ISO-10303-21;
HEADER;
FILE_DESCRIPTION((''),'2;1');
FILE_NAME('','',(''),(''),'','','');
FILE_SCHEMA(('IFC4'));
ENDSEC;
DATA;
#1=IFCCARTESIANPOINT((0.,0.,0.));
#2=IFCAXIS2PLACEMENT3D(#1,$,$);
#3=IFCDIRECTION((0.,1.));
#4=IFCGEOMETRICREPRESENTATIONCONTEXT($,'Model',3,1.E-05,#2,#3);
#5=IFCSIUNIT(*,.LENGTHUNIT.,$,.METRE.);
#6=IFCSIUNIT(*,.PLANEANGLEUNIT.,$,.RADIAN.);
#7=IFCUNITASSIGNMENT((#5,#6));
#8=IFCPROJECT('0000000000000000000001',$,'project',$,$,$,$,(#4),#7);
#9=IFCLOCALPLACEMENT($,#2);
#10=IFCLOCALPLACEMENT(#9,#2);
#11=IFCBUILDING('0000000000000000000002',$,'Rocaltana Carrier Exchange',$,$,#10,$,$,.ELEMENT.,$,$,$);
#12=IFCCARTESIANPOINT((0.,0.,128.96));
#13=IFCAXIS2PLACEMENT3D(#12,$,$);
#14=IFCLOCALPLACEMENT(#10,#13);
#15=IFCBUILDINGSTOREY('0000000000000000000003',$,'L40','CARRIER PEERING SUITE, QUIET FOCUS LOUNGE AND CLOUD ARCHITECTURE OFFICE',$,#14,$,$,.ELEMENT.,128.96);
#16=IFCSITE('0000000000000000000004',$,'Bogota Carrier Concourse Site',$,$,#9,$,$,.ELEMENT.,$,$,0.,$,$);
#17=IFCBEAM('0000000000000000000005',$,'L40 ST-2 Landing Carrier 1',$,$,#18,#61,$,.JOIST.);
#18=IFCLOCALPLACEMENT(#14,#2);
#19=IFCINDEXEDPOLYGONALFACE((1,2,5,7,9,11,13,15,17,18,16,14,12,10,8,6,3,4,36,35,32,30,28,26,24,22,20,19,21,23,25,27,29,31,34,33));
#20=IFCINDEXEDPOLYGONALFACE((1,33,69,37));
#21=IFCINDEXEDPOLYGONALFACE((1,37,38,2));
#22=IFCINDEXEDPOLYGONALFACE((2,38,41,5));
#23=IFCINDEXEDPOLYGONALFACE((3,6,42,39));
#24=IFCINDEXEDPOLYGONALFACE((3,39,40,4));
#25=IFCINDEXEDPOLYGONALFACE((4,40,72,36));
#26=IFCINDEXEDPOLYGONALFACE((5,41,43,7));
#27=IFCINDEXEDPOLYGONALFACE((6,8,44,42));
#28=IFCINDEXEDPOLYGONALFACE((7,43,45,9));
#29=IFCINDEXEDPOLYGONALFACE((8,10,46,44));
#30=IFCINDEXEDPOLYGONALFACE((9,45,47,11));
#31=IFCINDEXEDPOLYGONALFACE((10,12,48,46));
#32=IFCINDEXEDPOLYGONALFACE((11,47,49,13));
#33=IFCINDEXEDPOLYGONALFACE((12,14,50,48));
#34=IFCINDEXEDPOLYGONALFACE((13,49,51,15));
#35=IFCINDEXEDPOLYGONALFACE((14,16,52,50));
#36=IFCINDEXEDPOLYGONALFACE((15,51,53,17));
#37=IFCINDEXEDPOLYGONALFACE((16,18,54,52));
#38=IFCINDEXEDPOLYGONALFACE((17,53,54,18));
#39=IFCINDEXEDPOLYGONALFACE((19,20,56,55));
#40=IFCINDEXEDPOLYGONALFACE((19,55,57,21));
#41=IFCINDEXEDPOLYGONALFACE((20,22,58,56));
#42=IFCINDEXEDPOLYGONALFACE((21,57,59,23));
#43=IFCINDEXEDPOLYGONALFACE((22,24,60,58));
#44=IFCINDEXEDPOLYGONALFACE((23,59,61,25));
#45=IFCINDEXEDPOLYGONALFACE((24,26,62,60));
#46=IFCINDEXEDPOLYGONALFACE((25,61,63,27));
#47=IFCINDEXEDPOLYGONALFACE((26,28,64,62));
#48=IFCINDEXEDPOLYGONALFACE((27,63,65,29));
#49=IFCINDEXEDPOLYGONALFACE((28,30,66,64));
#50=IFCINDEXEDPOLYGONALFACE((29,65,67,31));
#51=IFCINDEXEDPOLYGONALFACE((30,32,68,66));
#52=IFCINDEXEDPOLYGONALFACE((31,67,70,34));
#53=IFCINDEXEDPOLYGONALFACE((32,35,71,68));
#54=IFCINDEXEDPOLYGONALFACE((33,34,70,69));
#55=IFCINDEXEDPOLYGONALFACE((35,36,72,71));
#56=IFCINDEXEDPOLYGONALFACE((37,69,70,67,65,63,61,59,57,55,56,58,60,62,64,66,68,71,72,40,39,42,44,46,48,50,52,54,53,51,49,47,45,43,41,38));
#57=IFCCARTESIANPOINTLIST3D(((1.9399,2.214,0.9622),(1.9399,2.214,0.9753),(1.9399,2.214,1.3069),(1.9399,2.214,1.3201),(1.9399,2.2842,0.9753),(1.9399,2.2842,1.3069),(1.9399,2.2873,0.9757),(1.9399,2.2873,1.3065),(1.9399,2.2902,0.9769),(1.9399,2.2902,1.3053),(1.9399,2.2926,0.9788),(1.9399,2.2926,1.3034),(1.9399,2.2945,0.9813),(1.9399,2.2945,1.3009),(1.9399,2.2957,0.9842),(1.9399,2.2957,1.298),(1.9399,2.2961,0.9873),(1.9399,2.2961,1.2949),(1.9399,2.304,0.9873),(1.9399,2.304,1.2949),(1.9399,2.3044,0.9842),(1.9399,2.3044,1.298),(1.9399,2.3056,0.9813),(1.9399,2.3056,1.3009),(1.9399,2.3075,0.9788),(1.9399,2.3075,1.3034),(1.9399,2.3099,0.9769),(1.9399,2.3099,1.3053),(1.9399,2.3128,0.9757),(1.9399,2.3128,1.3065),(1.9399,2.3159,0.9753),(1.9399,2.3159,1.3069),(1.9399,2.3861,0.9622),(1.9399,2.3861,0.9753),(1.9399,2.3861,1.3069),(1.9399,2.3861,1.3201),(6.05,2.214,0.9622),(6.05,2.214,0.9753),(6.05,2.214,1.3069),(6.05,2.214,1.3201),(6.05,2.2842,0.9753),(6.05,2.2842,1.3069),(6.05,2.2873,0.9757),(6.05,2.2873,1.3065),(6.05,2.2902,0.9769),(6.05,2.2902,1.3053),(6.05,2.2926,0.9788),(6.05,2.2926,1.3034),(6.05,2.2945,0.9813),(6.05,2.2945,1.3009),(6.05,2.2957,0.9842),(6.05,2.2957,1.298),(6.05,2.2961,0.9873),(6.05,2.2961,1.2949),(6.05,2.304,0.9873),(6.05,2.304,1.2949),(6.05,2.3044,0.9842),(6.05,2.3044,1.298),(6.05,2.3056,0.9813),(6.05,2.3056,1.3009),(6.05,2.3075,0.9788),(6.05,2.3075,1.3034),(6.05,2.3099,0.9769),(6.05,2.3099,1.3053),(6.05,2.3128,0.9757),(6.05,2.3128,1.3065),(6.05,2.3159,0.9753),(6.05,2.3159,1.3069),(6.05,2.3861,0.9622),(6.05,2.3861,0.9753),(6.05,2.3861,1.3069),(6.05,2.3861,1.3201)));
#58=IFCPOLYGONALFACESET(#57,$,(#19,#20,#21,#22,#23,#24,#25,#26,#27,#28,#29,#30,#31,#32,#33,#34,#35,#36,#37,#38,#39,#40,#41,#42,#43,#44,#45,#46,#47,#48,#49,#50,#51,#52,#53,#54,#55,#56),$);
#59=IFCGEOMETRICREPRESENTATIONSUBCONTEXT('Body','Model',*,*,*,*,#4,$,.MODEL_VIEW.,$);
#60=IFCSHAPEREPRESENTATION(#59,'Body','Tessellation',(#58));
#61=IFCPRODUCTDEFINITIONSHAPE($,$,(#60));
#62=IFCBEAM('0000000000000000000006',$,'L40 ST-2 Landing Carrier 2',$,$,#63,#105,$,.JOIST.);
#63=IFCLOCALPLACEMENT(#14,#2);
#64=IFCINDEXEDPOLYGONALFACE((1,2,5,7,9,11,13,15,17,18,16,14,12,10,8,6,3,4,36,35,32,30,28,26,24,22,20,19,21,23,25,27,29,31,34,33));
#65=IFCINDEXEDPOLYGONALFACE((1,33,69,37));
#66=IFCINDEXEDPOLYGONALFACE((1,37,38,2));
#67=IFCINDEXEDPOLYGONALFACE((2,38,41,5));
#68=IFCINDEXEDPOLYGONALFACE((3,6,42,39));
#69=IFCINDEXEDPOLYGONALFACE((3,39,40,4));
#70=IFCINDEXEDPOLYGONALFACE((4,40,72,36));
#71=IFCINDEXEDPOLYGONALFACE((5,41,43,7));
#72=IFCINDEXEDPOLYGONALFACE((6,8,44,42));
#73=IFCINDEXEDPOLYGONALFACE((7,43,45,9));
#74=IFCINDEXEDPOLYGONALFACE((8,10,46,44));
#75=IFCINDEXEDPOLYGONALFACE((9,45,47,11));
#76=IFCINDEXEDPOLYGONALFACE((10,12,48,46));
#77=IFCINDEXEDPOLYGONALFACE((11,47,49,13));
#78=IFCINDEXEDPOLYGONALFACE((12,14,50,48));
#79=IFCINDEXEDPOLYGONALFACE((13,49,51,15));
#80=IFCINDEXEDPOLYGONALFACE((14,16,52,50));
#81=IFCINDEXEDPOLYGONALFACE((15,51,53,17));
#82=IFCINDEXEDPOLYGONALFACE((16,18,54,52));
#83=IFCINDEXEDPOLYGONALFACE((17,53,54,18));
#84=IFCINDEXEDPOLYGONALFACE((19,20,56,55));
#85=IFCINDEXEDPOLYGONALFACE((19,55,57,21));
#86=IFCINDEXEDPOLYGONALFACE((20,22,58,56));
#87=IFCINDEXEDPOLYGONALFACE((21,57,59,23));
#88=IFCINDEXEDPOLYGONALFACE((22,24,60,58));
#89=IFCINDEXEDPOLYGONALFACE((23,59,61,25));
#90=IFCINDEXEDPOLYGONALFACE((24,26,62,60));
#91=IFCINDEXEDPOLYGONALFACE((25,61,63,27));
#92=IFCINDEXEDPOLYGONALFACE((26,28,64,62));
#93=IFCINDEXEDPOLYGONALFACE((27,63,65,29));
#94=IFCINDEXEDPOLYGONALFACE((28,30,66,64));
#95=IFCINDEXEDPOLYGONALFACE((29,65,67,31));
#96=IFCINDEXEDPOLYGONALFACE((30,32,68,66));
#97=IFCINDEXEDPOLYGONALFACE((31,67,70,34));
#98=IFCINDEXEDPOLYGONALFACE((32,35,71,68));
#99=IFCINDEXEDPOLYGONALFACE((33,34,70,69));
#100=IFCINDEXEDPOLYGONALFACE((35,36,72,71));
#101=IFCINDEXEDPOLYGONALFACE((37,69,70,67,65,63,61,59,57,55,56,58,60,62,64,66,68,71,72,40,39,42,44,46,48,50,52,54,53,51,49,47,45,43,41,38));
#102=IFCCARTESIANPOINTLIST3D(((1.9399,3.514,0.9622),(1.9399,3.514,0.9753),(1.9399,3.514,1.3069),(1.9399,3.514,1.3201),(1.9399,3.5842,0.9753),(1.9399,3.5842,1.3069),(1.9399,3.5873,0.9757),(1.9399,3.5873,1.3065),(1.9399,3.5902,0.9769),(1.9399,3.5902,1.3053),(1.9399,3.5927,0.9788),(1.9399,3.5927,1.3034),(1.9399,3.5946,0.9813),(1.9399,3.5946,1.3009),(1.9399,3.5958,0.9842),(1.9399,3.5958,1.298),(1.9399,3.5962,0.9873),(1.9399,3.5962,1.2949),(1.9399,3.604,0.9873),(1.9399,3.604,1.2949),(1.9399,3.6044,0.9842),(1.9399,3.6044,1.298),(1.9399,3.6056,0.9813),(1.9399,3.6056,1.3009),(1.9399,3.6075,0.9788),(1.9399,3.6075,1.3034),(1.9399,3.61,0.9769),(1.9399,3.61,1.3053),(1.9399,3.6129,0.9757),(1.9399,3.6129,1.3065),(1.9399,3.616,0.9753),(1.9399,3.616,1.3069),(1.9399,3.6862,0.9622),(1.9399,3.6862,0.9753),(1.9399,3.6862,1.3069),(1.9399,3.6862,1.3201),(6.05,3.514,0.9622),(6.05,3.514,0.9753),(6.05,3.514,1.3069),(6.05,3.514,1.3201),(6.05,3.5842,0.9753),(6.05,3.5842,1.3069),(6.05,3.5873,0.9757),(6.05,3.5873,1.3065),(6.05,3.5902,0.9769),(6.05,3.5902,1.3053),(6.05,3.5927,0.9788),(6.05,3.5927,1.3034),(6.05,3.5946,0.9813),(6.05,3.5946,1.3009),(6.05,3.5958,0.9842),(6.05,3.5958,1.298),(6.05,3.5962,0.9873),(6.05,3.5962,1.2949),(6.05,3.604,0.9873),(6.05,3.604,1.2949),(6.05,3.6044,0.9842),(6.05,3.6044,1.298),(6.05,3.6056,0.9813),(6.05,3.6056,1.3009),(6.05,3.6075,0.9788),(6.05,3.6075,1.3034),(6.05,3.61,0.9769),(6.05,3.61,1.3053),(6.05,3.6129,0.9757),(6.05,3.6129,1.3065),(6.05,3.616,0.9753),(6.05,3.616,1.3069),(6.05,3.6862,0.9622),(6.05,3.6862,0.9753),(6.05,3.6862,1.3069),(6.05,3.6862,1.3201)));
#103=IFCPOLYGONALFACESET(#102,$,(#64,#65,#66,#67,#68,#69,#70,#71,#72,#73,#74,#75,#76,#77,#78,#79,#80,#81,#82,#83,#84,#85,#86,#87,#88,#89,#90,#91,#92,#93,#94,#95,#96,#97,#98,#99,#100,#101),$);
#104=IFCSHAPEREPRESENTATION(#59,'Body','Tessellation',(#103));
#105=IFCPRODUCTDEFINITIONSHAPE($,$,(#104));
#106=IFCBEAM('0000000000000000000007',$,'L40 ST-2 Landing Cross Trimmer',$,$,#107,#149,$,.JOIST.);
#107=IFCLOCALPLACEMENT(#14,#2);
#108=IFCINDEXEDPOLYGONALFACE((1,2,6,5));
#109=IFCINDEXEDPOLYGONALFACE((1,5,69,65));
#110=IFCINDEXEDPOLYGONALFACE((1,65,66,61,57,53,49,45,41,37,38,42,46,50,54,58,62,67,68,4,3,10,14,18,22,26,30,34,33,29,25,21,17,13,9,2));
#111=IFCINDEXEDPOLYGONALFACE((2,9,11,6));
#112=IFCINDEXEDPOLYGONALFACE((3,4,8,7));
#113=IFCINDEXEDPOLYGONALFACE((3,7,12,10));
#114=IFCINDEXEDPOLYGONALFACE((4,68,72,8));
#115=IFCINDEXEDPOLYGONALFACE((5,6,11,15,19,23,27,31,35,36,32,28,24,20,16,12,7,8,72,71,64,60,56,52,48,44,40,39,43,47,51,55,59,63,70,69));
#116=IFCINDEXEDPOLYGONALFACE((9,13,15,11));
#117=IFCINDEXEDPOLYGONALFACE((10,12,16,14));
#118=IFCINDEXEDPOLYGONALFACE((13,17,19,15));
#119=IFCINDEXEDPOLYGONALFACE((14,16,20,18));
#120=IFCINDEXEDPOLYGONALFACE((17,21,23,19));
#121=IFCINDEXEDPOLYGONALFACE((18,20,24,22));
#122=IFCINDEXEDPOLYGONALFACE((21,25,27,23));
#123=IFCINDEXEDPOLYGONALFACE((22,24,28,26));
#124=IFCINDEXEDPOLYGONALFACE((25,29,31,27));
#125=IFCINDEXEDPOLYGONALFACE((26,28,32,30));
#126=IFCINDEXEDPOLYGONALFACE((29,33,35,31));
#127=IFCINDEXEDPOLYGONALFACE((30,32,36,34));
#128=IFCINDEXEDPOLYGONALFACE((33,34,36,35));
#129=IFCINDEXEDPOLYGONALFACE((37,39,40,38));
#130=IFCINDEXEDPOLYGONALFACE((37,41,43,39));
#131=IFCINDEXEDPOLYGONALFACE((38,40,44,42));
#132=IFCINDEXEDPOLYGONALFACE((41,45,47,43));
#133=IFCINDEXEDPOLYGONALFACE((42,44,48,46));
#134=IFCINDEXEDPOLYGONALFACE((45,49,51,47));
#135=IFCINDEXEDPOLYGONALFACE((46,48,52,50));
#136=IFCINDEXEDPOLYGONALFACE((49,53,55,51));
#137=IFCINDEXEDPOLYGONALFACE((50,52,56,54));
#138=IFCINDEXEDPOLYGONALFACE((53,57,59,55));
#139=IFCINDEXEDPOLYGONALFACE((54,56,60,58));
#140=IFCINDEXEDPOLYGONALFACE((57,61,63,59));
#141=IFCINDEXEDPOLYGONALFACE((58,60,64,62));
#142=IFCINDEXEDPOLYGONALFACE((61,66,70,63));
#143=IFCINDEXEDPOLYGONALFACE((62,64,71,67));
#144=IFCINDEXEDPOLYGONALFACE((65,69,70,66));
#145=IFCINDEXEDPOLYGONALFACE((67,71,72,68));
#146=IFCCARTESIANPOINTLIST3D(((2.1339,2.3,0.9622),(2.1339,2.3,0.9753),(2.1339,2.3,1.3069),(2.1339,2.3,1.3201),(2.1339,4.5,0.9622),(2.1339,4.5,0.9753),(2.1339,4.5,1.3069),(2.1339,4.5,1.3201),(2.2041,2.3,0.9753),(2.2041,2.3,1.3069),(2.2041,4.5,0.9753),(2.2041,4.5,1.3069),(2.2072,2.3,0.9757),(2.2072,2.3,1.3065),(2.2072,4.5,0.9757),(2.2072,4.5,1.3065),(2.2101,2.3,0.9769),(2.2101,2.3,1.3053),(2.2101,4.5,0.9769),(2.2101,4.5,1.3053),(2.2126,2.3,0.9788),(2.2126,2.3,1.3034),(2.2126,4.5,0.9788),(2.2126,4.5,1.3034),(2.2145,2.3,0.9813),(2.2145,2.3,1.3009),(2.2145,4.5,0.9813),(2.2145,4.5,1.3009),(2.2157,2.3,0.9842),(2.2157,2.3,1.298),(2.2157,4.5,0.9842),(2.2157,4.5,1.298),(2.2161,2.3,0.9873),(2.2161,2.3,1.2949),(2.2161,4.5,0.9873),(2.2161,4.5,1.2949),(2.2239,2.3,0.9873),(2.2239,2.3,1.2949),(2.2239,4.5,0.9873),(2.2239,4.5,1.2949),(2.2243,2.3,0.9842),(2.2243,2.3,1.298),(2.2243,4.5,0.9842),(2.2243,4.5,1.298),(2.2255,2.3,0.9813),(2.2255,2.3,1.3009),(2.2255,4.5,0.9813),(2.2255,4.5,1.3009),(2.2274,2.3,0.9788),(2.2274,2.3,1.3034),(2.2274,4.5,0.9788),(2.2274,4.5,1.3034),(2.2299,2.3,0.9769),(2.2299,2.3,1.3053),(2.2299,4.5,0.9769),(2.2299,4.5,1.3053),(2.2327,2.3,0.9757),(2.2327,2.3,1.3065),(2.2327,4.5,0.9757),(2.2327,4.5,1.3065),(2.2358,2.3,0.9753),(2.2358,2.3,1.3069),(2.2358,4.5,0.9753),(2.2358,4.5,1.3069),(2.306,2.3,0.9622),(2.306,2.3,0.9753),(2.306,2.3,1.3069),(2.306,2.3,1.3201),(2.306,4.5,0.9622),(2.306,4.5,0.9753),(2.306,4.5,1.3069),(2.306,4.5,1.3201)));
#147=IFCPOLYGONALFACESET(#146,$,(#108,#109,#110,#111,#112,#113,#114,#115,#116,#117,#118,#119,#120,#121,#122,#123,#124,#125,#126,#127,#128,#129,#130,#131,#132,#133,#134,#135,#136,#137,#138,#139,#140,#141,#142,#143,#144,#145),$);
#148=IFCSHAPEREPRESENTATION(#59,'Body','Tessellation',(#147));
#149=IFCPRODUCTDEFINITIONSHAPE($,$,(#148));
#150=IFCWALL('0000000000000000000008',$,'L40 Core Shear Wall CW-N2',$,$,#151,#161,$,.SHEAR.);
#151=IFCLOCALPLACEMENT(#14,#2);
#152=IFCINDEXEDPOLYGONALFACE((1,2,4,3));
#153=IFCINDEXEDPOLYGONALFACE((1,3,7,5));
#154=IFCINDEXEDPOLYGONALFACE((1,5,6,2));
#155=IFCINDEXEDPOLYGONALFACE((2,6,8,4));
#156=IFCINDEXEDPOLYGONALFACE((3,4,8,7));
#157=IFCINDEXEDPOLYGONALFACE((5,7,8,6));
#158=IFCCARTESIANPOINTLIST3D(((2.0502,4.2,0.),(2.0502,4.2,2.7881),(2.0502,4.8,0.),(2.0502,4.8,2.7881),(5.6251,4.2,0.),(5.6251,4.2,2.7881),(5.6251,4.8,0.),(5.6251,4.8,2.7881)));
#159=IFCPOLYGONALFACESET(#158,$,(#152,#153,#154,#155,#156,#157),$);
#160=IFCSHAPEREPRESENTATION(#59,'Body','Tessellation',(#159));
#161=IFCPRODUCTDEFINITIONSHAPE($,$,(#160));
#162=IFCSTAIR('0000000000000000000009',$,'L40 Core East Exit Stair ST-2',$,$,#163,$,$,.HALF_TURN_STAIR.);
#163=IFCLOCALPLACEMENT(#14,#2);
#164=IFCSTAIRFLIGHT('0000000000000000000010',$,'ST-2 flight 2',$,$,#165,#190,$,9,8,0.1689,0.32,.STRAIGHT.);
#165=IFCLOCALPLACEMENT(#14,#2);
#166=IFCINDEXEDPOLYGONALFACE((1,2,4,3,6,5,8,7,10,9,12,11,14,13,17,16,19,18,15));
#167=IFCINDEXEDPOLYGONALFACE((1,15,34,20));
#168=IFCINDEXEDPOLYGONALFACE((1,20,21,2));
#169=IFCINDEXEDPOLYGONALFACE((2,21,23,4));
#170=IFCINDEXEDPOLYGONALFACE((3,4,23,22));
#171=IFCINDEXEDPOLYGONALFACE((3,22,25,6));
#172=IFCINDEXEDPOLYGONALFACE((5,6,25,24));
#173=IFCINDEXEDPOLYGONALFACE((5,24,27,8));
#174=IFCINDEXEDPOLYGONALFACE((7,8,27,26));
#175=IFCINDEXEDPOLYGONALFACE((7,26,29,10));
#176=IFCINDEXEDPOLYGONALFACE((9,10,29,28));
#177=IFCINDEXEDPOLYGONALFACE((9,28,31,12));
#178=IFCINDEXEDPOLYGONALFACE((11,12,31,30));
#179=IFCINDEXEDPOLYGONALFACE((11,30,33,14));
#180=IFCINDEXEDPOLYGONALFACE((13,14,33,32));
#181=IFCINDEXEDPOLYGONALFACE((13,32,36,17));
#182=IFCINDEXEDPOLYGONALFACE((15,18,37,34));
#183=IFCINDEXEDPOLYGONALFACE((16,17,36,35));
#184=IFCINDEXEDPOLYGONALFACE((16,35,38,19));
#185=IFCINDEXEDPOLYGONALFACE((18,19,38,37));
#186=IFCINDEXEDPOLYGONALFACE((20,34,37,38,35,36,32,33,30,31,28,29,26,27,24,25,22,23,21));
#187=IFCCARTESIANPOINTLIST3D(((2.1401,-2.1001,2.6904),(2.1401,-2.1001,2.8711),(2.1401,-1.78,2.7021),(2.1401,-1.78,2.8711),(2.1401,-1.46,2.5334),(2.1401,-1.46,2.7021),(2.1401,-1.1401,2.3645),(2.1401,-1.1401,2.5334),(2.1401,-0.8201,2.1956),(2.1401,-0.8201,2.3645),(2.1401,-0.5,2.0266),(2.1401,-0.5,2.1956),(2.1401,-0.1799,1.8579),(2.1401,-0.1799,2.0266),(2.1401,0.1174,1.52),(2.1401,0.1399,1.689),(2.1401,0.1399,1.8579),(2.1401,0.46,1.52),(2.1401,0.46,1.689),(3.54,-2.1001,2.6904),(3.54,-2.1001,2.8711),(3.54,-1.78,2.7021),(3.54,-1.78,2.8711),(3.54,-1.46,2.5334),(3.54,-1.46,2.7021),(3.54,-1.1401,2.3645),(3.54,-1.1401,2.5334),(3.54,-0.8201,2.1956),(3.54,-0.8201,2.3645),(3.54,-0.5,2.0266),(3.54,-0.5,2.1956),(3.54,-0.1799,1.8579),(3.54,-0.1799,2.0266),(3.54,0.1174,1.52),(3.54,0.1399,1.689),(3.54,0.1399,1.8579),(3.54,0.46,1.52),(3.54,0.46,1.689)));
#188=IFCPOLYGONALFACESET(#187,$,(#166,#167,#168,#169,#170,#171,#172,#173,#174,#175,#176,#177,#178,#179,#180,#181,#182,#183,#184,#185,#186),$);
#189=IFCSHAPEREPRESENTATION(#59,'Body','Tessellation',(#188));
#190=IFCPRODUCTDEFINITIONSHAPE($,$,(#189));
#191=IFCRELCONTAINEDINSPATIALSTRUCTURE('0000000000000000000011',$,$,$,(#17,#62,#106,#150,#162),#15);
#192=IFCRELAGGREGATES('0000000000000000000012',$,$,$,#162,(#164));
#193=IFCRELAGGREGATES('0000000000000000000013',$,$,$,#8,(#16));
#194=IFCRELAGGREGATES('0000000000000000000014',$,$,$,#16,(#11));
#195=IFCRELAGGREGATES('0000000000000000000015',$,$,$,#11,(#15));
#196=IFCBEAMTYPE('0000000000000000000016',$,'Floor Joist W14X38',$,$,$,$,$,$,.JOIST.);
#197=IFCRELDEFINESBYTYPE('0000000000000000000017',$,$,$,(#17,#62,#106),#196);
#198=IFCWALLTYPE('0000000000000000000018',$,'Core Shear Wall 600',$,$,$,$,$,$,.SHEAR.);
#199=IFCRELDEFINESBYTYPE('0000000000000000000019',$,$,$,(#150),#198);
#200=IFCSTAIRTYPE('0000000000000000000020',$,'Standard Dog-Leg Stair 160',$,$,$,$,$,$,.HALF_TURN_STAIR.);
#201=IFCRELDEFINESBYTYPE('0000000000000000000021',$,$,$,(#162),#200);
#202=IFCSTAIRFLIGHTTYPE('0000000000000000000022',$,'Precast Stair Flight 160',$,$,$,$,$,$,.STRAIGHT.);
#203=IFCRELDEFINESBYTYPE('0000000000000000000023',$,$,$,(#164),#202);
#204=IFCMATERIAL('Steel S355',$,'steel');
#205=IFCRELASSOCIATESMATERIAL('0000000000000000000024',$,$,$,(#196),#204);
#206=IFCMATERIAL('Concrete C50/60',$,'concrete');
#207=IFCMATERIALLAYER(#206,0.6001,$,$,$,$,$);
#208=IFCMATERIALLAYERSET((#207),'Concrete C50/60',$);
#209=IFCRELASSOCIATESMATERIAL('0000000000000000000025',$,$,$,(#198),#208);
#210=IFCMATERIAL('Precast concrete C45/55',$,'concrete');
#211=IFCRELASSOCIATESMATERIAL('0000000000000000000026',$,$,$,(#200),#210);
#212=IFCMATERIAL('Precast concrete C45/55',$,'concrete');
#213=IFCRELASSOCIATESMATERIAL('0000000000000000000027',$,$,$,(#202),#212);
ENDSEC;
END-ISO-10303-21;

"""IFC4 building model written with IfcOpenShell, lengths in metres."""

from ifc_helpers import new_model, si_unit, direction, frame, frame_2d, origin, origin_2d, place, context, subcontext, project, spatial, polyline, rectangle, i_section, outline, extrude, material, layer, layer_set, material_profile, profile_set, type_object, element, aggregate, save


model = new_model("IFC4")

# Units and contexts
model_context = context("Model", 3, precision=1e-05, world=origin(), true_north=direction((0.0, 1.0)))
body_context = subcontext(model_context, "Body", "Model", "MODEL_VIEW")
ifc_project = project(units=[si_unit("LENGTHUNIT", "METRE"), si_unit("PLANEANGLEUNIT", "RADIAN")], contexts=[model_context])

# Site, building, storey
site_placement = place(None, origin())
site = spatial("IfcSite", under=ifc_project, at=site_placement, Name="Bogota Carrier Concourse Site", CompositionType="ELEMENT", RefElevation=0.0)
building_placement = place(site_placement, origin())
building = spatial("IfcBuilding", under=site, at=building_placement, Name="Rocaltana Carrier Exchange", CompositionType="ELEMENT")
storey_placement = place(building_placement, frame((0.0, 0.0, 128.96)))
storey = spatial("IfcBuildingStorey", under=building, at=storey_placement, Name="L40", Description="CARRIER PEERING SUITE, QUIET FOCUS LOUNGE AND CLOUD ARCHITECTURE OFFICE", CompositionType="ELEMENT", Elevation=128.96)

# Beams
ifc_material_1 = material(Name="Steel S355", Category="steel")
ifc_material_profile = material_profile(ifc_material_1, i_section(OverallWidth=0.1721, OverallDepth=0.3579, WebThickness=0.0078, FlangeThickness=0.0132, FilletRadius=0.012, at=origin_2d()), Name="W14X38")
ifc_profile_set = profile_set([ifc_material_profile], Name="Steel S355")
beam_type = type_object("IfcBeamType", Name="Floor Joist W14X38", PredefinedType="JOIST", material=ifc_profile_set)
for number, where, z_axis, x_axis, name in (
    (1, (1.9399, 2.3, 1.1411), (1.0, 0.0, 0.0), (0.0, 1.0, 0.0), "L40 ST-2 Landing Carrier 1"),
    (2, (1.9399, 3.6001, 1.1411), (1.0, 0.0, 0.0), (0.0, 1.0, 0.0), "L40 ST-2 Landing Carrier 2"),
):
    element("IfcBeam", number, at=place(storey_placement, frame(where, z_axis=z_axis, x_axis=x_axis)), inside=storey, type_object=beam_type, Name=name, PredefinedType="JOIST", context=body_context, shape_type="SweptSolid", body=[
        extrude(i_section(OverallWidth=0.1721, OverallDepth=0.3579, WebThickness=0.0078, FlangeThickness=0.0132, FilletRadius=0.012, at=origin_2d()), origin(), (0.0, 0.0, 1.0), 4.1101),
    ])
beam_placement = place(storey_placement, frame((2.22, 2.3, 1.1411), z_axis=(0.0, 1.0, 0.0), x_axis=(-1.0, 0.0, 0.0)))
element("IfcBeam", 3, at=beam_placement, inside=storey, type_object=beam_type, Name="L40 ST-2 Landing Cross Trimmer", PredefinedType="JOIST", context=body_context, shape_type="SweptSolid", body=[
    extrude(i_section(OverallWidth=0.1721, OverallDepth=0.3579, WebThickness=0.0078, FlangeThickness=0.0132, FilletRadius=0.012, at=origin_2d()), origin(), (0.0, 0.0, 1.0), 2.2),
])

# Wall
ifc_material_2 = material(Name="Concrete C50/60", Category="concrete")
ifc_layer_1 = layer(ifc_material_2, 0.6001)
ifc_layer_set_1 = layer_set([ifc_layer_1], Name="Concrete C50/60")
wall_type = type_object("IfcWallType", Name="Core Shear Wall 600", PredefinedType="SHEAR", material=ifc_layer_set_1)
wall_placement = place(storey_placement, frame((2.05, 4.5, 0.0), z_axis=(0.0, 0.0, 1.0), x_axis=(1.0, 0.0, 0.0)))
element("IfcWall", 4, at=wall_placement, inside=storey, type_object=wall_type, Name="L40 Core Shear Wall CW-N2", PredefinedType="SHEAR", context=body_context, shape_type="SweptSolid", body=[
    extrude(rectangle(XDim=3.575, YDim=0.6001, at=frame_2d((1.7876, 0.0))), origin(), (0.0, 0.0, 1.0), 2.7881),
])

# Stair, stair flight
ifc_material_3 = material(Name="Precast concrete C45/55", Category="concrete")
stair_type = type_object("IfcStairType", Name="Standard Dog-Leg Stair 160", PredefinedType="HALF_TURN_STAIR", material=ifc_material_3)
stair_placement = place(storey_placement, origin())
stair = element("IfcStair", 5, at=stair_placement, inside=storey, type_object=stair_type, Name="L40 Core East Exit Stair ST-2", PredefinedType="HALF_TURN_STAIR")
ifc_material_4 = material(Name="Precast concrete C45/55", Category="concrete")
stair_flight_type = type_object("IfcStairFlightType", Name="Precast Stair Flight 160", PredefinedType="STRAIGHT", material=ifc_material_4)
stair_flight_placement = place(storey_placement, frame((2.8401, 0.46, 1.52), z_axis=(0.0, 0.0, 1.0), x_axis=(0.0, -1.0, 0.0)))
stair_flight = element("IfcStairFlight", 6, at=stair_flight_placement, type_object=stair_flight_type, Name="ST-2 flight 2", NumberOfRisers=9, NumberOfTreads=8, PredefinedType="STRAIGHT", RiserHeight=0.1689, TreadLength=0.32, context=body_context, shape_type="SweptSolid", body=[
    extrude(outline(polyline([(0.0, 0.0), (0.0, 0.1689), (0.3201, 0.1689), (0.3201, 0.3379), (0.6399, 0.3379), (0.6399, 0.5066), (0.96, 0.5066), (0.96, 0.6755), (1.28, 0.6755), (1.28, 0.8445), (1.6001, 0.8445), (1.6001, 1.0134), (1.9199, 1.0134), (1.9199, 1.1821), (2.24, 1.1821), (2.24, 1.3511), (2.5601, 1.3511), (2.5601, 1.52), (2.5601, 1.1704), (0.3425, 0.0), (0.0, 0.0)])), frame((0.0, 0.7, 0.0), z_axis=(0.0, -1.0, 0.0), x_axis=(1.0, 0.0, 0.0)), (0.0, 0.0, 1.0), 1.3999),
])
aggregate(stair, [stair_flight])

save(model, "model.ifc")
